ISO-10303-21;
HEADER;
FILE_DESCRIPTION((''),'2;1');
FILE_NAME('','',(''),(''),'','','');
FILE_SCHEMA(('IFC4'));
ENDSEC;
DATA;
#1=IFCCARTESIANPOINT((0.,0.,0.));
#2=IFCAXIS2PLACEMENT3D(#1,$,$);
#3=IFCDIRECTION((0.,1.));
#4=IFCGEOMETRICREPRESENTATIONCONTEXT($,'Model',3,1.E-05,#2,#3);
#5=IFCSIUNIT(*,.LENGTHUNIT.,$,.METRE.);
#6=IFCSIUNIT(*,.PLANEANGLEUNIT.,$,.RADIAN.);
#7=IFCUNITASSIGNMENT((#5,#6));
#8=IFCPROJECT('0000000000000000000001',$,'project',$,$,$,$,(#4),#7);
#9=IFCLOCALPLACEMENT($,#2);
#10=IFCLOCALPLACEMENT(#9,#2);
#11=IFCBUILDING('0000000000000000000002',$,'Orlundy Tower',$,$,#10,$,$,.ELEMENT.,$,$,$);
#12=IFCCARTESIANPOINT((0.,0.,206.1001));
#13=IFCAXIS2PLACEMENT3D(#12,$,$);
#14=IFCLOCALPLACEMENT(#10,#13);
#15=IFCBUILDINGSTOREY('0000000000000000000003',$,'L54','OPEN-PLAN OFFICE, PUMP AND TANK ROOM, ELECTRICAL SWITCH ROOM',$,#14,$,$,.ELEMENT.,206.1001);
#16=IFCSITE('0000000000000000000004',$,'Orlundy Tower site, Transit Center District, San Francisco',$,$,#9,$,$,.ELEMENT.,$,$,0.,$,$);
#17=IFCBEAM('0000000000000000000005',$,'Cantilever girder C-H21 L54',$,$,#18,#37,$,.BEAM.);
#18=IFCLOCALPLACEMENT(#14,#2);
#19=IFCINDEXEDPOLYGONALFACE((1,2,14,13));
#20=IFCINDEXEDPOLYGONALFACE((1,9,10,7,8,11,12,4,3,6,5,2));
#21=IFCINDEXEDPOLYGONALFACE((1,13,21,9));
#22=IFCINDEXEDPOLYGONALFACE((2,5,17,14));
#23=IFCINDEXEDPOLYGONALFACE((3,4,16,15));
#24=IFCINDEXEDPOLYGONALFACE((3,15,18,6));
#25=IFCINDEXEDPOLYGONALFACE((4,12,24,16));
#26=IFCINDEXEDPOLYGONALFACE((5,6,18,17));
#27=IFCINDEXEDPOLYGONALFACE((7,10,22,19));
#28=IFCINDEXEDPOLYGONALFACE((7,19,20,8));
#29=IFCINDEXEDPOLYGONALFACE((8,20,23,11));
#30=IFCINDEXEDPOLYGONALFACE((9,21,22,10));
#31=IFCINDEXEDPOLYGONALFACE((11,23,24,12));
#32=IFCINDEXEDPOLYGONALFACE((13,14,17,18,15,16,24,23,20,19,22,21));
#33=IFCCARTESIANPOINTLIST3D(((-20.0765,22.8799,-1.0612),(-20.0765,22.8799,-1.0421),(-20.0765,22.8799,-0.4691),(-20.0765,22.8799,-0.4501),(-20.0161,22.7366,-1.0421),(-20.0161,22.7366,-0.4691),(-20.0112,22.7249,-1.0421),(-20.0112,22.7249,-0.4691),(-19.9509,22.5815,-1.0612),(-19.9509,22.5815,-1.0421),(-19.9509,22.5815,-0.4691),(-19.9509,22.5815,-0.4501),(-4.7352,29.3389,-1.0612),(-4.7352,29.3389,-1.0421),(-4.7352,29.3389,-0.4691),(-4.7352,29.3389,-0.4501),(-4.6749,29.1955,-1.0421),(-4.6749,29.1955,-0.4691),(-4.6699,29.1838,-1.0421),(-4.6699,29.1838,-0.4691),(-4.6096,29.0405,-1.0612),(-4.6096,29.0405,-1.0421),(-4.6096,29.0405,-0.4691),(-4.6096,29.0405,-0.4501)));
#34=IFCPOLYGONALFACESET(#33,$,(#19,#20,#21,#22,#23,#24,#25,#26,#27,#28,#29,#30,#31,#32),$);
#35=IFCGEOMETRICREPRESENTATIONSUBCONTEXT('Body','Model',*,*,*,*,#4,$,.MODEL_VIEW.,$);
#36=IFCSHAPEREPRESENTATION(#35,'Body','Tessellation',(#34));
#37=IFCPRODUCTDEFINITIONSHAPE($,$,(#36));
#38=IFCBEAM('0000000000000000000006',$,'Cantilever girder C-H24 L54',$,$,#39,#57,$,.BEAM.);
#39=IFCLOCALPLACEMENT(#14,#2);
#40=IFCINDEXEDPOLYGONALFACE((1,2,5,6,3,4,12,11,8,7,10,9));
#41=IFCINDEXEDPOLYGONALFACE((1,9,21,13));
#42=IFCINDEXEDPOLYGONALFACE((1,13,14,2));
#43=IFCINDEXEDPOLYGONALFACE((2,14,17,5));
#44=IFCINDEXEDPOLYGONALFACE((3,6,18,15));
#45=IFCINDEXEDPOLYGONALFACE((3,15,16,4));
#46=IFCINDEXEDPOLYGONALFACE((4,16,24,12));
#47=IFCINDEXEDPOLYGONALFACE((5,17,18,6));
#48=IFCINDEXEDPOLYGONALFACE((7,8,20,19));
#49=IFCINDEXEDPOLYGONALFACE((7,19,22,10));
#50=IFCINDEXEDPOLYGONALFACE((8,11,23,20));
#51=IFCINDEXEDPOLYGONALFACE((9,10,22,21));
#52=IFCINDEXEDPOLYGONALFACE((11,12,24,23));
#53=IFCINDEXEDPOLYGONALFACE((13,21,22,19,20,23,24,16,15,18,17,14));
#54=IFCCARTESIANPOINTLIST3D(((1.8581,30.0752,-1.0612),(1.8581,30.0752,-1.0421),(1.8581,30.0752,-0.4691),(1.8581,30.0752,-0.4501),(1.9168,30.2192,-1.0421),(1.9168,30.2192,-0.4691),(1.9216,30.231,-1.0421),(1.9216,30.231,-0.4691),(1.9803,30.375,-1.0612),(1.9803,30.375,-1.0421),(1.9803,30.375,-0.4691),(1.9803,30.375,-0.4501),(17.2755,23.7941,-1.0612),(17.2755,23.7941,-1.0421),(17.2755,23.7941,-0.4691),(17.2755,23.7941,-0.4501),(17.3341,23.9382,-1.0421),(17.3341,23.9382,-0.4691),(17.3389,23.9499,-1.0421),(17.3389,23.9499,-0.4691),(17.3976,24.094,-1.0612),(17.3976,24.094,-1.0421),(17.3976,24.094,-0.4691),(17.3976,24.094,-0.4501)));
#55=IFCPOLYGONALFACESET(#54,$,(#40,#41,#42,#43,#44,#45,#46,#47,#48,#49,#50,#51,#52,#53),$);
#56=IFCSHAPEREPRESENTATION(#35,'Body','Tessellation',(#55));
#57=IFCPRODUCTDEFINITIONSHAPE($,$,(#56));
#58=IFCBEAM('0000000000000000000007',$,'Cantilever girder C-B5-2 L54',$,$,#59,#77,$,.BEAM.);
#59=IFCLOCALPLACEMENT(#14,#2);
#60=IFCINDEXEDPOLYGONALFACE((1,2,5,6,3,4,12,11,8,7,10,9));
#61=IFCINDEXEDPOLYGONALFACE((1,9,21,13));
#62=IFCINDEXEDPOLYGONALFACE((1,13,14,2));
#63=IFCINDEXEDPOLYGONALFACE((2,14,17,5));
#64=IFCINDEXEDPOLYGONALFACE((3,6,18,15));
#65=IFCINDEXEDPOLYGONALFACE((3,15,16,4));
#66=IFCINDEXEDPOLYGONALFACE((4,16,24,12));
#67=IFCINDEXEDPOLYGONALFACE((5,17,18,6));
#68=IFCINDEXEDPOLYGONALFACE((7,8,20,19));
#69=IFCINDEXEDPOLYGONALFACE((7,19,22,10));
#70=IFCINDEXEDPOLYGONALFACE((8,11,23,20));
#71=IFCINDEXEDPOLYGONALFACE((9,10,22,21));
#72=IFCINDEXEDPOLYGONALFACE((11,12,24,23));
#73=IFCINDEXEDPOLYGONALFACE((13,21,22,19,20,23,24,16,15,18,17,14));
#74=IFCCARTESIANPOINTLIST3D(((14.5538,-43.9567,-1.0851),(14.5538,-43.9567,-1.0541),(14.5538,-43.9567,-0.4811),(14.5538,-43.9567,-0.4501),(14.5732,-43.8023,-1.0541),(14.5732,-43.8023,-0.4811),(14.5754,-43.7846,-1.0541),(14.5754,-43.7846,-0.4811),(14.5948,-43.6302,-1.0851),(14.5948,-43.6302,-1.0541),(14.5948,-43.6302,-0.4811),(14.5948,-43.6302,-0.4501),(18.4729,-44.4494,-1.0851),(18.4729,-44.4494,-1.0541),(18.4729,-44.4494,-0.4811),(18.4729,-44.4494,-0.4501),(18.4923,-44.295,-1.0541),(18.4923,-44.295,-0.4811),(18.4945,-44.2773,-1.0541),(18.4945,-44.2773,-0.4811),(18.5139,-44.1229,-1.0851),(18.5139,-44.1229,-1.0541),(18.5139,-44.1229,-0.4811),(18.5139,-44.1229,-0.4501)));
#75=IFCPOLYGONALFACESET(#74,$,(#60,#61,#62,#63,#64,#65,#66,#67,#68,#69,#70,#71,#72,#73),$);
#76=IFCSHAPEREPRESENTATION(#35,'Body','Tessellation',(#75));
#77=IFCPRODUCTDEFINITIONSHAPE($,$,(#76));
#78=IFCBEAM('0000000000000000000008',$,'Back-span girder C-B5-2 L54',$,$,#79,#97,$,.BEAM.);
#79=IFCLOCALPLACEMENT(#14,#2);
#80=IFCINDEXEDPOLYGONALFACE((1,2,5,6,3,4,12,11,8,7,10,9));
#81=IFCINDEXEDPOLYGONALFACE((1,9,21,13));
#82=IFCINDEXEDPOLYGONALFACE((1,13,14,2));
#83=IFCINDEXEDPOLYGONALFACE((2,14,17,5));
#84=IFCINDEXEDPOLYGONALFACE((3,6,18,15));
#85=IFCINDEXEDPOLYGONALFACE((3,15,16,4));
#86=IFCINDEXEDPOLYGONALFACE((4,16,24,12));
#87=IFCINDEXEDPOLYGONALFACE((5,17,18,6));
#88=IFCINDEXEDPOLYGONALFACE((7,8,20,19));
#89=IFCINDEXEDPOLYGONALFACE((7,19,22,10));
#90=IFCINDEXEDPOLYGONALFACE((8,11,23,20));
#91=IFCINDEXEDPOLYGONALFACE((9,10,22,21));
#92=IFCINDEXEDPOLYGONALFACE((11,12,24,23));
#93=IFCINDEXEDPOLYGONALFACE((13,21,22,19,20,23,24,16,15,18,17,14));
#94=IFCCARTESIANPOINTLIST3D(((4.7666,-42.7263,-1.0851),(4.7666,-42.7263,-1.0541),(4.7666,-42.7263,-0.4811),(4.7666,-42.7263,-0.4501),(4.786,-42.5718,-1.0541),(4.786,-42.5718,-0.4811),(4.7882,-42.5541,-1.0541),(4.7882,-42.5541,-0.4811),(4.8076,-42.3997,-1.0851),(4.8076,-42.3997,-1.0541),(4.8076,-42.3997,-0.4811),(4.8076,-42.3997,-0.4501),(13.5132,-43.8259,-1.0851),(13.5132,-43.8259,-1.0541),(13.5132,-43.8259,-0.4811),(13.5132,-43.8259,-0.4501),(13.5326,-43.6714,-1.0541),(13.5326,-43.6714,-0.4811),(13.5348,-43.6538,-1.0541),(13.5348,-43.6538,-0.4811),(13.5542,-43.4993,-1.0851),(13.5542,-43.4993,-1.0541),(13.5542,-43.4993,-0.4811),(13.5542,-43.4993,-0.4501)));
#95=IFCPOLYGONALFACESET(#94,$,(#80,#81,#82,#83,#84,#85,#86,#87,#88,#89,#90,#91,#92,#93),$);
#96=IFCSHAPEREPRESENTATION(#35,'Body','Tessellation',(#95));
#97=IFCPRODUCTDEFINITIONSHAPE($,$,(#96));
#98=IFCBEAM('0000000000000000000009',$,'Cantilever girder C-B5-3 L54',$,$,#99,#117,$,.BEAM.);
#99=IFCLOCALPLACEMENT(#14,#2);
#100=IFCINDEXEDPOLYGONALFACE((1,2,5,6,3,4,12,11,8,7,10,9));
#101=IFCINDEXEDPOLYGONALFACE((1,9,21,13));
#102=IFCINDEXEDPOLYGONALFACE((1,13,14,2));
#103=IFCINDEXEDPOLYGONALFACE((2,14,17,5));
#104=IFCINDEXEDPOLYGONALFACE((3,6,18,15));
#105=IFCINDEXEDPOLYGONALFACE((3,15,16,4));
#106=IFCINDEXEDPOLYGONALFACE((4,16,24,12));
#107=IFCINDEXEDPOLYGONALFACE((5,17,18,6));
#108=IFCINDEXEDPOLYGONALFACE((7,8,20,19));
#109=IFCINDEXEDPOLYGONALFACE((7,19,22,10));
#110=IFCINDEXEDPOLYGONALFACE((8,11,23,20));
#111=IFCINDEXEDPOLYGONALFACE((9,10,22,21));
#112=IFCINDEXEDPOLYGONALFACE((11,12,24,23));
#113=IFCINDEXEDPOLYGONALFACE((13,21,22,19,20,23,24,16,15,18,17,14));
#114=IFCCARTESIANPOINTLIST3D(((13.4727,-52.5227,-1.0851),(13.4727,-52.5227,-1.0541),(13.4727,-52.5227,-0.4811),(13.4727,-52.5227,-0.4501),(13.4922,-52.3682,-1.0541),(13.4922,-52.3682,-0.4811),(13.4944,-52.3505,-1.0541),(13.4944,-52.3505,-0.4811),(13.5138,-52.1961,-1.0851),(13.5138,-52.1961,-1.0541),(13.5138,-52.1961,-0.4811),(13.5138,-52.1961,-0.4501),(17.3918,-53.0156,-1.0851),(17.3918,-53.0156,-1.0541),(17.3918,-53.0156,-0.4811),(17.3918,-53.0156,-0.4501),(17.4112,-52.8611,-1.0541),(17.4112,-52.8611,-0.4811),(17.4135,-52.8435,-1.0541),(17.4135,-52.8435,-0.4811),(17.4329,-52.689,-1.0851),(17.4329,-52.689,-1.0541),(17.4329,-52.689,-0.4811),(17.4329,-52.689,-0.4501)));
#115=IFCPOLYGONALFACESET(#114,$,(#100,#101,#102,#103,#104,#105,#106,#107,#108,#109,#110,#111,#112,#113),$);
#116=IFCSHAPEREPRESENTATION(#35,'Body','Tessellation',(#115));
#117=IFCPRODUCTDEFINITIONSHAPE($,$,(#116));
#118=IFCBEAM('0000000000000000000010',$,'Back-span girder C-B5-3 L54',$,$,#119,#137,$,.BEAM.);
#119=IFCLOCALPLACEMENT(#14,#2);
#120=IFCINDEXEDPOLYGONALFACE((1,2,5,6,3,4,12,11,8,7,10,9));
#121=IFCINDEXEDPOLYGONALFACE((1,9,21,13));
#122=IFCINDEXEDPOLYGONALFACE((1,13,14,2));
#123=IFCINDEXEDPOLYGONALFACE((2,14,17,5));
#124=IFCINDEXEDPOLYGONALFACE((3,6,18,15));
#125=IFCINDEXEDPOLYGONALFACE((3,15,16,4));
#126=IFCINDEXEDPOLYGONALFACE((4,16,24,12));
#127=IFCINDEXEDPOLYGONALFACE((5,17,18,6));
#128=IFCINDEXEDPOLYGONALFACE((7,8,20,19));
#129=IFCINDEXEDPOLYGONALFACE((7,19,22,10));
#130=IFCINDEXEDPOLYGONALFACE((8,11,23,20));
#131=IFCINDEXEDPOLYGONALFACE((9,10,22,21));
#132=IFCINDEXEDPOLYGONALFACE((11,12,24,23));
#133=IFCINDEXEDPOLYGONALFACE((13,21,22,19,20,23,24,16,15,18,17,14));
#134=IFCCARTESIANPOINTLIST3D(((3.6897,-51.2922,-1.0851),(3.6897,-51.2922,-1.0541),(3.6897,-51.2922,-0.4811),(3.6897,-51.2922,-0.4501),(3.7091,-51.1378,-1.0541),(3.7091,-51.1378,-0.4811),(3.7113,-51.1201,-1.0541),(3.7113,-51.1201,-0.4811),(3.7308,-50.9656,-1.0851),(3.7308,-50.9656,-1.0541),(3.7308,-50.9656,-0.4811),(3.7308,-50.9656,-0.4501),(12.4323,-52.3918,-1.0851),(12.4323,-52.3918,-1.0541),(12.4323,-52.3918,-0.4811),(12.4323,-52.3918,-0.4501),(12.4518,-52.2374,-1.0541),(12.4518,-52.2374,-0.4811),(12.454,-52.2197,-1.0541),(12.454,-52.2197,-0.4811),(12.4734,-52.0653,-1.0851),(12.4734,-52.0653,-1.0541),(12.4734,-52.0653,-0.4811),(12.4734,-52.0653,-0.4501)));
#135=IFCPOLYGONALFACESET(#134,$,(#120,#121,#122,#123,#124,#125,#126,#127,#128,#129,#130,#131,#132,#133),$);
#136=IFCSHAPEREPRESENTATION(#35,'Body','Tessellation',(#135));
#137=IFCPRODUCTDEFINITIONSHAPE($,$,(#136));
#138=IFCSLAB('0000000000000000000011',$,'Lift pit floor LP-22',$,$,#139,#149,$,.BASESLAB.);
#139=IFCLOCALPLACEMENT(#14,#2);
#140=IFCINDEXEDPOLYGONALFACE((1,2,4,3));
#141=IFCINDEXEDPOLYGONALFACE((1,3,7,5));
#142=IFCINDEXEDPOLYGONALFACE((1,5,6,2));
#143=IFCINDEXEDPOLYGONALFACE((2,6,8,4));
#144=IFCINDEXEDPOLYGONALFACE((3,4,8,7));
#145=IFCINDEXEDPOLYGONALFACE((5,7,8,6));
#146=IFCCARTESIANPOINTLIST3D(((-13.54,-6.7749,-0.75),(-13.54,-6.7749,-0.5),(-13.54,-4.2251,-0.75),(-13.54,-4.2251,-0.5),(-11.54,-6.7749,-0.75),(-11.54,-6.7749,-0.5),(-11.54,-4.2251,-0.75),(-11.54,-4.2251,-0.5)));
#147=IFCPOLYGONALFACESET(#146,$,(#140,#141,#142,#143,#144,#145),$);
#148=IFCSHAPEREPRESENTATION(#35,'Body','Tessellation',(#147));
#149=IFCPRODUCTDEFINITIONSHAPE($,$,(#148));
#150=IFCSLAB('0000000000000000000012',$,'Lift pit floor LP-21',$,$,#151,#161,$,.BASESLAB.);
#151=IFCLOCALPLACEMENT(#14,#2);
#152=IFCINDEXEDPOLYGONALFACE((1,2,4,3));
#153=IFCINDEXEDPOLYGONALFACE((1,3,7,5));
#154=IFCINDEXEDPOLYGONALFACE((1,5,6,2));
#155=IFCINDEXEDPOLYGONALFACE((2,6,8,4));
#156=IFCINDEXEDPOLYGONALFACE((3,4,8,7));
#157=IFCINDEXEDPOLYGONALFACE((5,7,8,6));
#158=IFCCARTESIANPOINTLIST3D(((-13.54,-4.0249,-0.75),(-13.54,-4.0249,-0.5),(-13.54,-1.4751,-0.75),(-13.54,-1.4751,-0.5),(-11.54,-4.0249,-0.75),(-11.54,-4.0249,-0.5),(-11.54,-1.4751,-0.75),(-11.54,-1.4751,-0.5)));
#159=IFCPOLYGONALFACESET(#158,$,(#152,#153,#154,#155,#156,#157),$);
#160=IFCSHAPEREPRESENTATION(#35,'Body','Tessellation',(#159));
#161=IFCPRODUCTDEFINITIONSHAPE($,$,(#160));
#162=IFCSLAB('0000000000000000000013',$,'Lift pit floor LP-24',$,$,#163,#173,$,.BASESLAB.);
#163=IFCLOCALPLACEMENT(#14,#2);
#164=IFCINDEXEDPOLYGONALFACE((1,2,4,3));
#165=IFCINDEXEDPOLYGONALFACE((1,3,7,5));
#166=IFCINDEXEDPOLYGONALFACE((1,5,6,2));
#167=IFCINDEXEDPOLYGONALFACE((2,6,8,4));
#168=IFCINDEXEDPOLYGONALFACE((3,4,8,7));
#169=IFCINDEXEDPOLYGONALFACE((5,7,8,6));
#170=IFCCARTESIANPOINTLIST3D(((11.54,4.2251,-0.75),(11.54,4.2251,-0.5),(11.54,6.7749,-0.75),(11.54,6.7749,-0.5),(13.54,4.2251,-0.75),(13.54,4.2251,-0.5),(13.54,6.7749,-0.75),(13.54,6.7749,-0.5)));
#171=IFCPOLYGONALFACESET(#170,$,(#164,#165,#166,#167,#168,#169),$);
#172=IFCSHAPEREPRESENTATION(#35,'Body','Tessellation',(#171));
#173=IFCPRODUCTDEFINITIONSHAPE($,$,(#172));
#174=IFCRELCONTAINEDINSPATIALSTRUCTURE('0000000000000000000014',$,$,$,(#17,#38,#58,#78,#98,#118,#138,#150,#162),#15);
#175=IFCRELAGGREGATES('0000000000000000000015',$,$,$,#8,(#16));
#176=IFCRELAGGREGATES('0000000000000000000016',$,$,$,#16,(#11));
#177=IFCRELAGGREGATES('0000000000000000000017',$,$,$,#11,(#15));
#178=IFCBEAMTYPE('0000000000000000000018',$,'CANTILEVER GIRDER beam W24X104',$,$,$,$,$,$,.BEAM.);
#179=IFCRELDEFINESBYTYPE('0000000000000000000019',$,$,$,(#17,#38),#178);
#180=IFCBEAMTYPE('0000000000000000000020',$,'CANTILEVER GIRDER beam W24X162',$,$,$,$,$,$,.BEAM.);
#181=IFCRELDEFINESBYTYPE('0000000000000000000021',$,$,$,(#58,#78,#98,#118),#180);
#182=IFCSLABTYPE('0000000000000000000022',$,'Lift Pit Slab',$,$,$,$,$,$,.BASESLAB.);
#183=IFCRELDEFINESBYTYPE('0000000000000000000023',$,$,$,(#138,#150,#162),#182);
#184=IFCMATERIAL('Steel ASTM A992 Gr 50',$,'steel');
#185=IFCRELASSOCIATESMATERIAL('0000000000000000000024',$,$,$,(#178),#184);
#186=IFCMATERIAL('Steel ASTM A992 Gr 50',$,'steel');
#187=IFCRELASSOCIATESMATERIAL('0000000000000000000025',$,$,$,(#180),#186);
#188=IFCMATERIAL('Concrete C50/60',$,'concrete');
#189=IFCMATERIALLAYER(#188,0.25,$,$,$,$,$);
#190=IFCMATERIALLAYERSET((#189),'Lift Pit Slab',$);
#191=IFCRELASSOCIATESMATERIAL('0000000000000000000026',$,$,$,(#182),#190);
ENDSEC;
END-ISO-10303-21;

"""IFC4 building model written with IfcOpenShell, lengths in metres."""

from ifc_helpers import new_model, si_unit, direction, frame, origin, origin_2d, place, context, subcontext, project, spatial, polyline, i_section, outline, extrude, material, layer, layer_set, material_profile, profile_set, type_object, element, save


model = new_model("IFC4")

# Units and contexts
model_context = context("Model", 3, precision=1e-05, world=origin(), true_north=direction((0.0, 1.0)))
body_context = subcontext(model_context, "Body", "Model", "MODEL_VIEW")
ifc_project = project(units=[si_unit("LENGTHUNIT", "METRE"), si_unit("PLANEANGLEUNIT", "RADIAN")], contexts=[model_context])

# Site, building, storey
site_placement = place(None, origin())
site = spatial("IfcSite", under=ifc_project, at=site_placement, Name="Orlundy Tower site, Transit Center District, San Francisco", CompositionType="ELEMENT", RefElevation=0.0)
building_placement = place(site_placement, origin())
building = spatial("IfcBuilding", under=site, at=building_placement, Name="Orlundy Tower", CompositionType="ELEMENT")
storey_placement = place(building_placement, frame((0.0, 0.0, 206.1001)))
storey = spatial("IfcBuildingStorey", under=building, at=storey_placement, Name="L54", Description="OPEN-PLAN OFFICE, PUMP AND TANK ROOM, ELECTRICAL SWITCH ROOM", CompositionType="ELEMENT", Elevation=206.1001)

# Beams
ifc_material_1 = material(Name="Steel ASTM A992 Gr 50", Category="steel")
ifc_material_profile_1 = material_profile(ifc_material_1, i_section(OverallWidth=0.3237, OverallDepth=0.6111, WebThickness=0.0127, FlangeThickness=0.019, at=origin_2d()), Name="W24X104")
ifc_profile_set_1 = profile_set([ifc_material_profile_1], Name="Steel ASTM A992 Gr 50")
beam_type_1 = type_object("IfcBeamType", Name="CANTILEVER GIRDER beam W24X104", PredefinedType="BEAM", material=ifc_profile_set_1)
beam_1_placement = place(storey_placement, frame((-20.0137, 22.7307, -0.7556), z_axis=(0.921646, 0.388031, 0.0), x_axis=(-0.388031, 0.921646, 0.0)))
element("IfcBeam", 1, at=beam_1_placement, inside=storey, type_object=beam_type_1, Name="Cantilever girder C-H21 L54", PredefinedType="BEAM", context=body_context, shape_type="SweptSolid", body=[
    extrude(i_section(OverallWidth=0.3237, OverallDepth=0.6111, WebThickness=0.0127, FlangeThickness=0.019, at=origin_2d()), origin(), (0.0, 0.0, 1.0), 16.6455),
])
beam_2_placement = place(storey_placement, frame((1.9192, 30.2251, -0.7556), z_axis=(0.926094, -0.377292, 0.0), x_axis=(0.377292, 0.926094, 0.0)))
element("IfcBeam", 2, at=beam_2_placement, inside=storey, type_object=beam_type_1, Name="Cantilever girder C-H24 L54", PredefinedType="BEAM", context=body_context, shape_type="SweptSolid", body=[
    extrude(i_section(OverallWidth=0.3237, OverallDepth=0.6111, WebThickness=0.0127, FlangeThickness=0.019, at=origin_2d()), origin(), (0.0, 0.0, 1.0), 16.6477),
])
ifc_material_2 = material(Name="Steel ASTM A992 Gr 50", Category="steel")
ifc_material_profile_2 = material_profile(ifc_material_2, i_section(OverallWidth=0.3291, OverallDepth=0.635, WebThickness=0.0178, FlangeThickness=0.031, at=origin_2d()), Name="W24X162")
ifc_profile_set_2 = profile_set([ifc_material_profile_2], Name="Steel ASTM A992 Gr 50")
beam_type_2 = type_object("IfcBeamType", Name="CANTILEVER GIRDER beam W24X162", PredefinedType="BEAM", material=ifc_profile_set_2)
beam_3_placement = place(storey_placement, frame((18.4934, -44.2861, -0.7676), z_axis=(-0.992191, 0.124727, 0.0), x_axis=(-0.124727, -0.992191, 0.0)))
element("IfcBeam", 3, at=beam_3_placement, inside=storey, type_object=beam_type_2, Name="Cantilever girder C-B5-2 L54", PredefinedType="BEAM", context=body_context, shape_type="SweptSolid", body=[
    extrude(i_section(OverallWidth=0.3291, OverallDepth=0.635, WebThickness=0.0178, FlangeThickness=0.031, at=origin_2d()), origin(), (0.0, 0.0, 1.0), 3.95),
])
beam_4_placement = place(storey_placement, frame((13.5337, -43.6626, -0.7676), z_axis=(-0.99219, 0.124737, 0.0), x_axis=(-0.124737, -0.99219, 0.0)))
element("IfcBeam", 4, at=beam_4_placement, inside=storey, type_object=beam_type_2, Name="Back-span girder C-B5-2 L54", PredefinedType="BEAM", context=body_context, shape_type="SweptSolid", body=[
    extrude(i_section(OverallWidth=0.3291, OverallDepth=0.635, WebThickness=0.0178, FlangeThickness=0.031, at=origin_2d()), origin(), (0.0, 0.0, 1.0), 8.8154),
])
beam_5_placement = place(storey_placement, frame((17.4124, -52.8523, -0.7676), z_axis=(-0.992183, 0.124788, 0.0), x_axis=(-0.124788, -0.992183, 0.0)))
element("IfcBeam", 5, at=beam_5_placement, inside=storey, type_object=beam_type_2, Name="Cantilever girder C-B5-3 L54", PredefinedType="BEAM", context=body_context, shape_type="SweptSolid", body=[
    extrude(i_section(OverallWidth=0.3291, OverallDepth=0.635, WebThickness=0.0178, FlangeThickness=0.031, at=origin_2d()), origin(), (0.0, 0.0, 1.0), 3.95),
])
beam_6_placement = place(storey_placement, frame((12.4529, -52.2285, -0.7676), z_axis=(-0.992183, 0.124792, 0.0), x_axis=(-0.124792, -0.992183, 0.0)))
element("IfcBeam", 6, at=beam_6_placement, inside=storey, type_object=beam_type_2, Name="Back-span girder C-B5-3 L54", PredefinedType="BEAM", context=body_context, shape_type="SweptSolid", body=[
    extrude(i_section(OverallWidth=0.3291, OverallDepth=0.635, WebThickness=0.0178, FlangeThickness=0.031, at=origin_2d()), origin(), (0.0, 0.0, 1.0), 8.8115),
])

# Slabs
ifc_material_3 = material(Name="Concrete C50/60", Category="concrete")
ifc_layer_1 = layer(ifc_material_3, 0.25)
ifc_layer_set_1 = layer_set([ifc_layer_1], Name="Lift Pit Slab")
slab_type = type_object("IfcSlabType", Name="Lift Pit Slab", PredefinedType="BASESLAB", material=ifc_layer_set_1)
slab_1_placement = place(storey_placement, frame((0.0, 0.0, -0.75)))
element("IfcSlab", 7, at=slab_1_placement, inside=storey, type_object=slab_type, Name="Lift pit floor LP-22", PredefinedType="BASESLAB", context=body_context, shape_type="SweptSolid", body=[
    extrude(outline(polyline([(-11.54, -6.7749), (-13.54, -6.7749), (-13.54, -4.2251), (-11.54, -4.2251), (-11.54, -6.7749)])), origin(), (0.0, 0.0, 1.0), 0.25),
])
slab_2_placement = place(storey_placement, frame((0.0, 0.0, -0.75)))
element("IfcSlab", 8, at=slab_2_placement, inside=storey, type_object=slab_type, Name="Lift pit floor LP-21", PredefinedType="BASESLAB", context=body_context, shape_type="SweptSolid", body=[
    extrude(outline(polyline([(-11.54, -4.0249), (-13.54, -4.0249), (-13.54, -1.4751), (-11.54, -1.4751), (-11.54, -4.0249)])), origin(), (0.0, 0.0, 1.0), 0.25),
])
slab_3_placement = place(storey_placement, frame((0.0, 0.0, -0.75)))
element("IfcSlab", 9, at=slab_3_placement, inside=storey, type_object=slab_type, Name="Lift pit floor LP-24", PredefinedType="BASESLAB", context=body_context, shape_type="SweptSolid", body=[
    extrude(outline(polyline([(11.54, 6.7749), (13.54, 6.7749), (13.54, 4.2251), (11.54, 4.2251), (11.54, 6.7749)])), origin(), (0.0, 0.0, 1.0), 0.25),
])

save(model, "model.ifc")
